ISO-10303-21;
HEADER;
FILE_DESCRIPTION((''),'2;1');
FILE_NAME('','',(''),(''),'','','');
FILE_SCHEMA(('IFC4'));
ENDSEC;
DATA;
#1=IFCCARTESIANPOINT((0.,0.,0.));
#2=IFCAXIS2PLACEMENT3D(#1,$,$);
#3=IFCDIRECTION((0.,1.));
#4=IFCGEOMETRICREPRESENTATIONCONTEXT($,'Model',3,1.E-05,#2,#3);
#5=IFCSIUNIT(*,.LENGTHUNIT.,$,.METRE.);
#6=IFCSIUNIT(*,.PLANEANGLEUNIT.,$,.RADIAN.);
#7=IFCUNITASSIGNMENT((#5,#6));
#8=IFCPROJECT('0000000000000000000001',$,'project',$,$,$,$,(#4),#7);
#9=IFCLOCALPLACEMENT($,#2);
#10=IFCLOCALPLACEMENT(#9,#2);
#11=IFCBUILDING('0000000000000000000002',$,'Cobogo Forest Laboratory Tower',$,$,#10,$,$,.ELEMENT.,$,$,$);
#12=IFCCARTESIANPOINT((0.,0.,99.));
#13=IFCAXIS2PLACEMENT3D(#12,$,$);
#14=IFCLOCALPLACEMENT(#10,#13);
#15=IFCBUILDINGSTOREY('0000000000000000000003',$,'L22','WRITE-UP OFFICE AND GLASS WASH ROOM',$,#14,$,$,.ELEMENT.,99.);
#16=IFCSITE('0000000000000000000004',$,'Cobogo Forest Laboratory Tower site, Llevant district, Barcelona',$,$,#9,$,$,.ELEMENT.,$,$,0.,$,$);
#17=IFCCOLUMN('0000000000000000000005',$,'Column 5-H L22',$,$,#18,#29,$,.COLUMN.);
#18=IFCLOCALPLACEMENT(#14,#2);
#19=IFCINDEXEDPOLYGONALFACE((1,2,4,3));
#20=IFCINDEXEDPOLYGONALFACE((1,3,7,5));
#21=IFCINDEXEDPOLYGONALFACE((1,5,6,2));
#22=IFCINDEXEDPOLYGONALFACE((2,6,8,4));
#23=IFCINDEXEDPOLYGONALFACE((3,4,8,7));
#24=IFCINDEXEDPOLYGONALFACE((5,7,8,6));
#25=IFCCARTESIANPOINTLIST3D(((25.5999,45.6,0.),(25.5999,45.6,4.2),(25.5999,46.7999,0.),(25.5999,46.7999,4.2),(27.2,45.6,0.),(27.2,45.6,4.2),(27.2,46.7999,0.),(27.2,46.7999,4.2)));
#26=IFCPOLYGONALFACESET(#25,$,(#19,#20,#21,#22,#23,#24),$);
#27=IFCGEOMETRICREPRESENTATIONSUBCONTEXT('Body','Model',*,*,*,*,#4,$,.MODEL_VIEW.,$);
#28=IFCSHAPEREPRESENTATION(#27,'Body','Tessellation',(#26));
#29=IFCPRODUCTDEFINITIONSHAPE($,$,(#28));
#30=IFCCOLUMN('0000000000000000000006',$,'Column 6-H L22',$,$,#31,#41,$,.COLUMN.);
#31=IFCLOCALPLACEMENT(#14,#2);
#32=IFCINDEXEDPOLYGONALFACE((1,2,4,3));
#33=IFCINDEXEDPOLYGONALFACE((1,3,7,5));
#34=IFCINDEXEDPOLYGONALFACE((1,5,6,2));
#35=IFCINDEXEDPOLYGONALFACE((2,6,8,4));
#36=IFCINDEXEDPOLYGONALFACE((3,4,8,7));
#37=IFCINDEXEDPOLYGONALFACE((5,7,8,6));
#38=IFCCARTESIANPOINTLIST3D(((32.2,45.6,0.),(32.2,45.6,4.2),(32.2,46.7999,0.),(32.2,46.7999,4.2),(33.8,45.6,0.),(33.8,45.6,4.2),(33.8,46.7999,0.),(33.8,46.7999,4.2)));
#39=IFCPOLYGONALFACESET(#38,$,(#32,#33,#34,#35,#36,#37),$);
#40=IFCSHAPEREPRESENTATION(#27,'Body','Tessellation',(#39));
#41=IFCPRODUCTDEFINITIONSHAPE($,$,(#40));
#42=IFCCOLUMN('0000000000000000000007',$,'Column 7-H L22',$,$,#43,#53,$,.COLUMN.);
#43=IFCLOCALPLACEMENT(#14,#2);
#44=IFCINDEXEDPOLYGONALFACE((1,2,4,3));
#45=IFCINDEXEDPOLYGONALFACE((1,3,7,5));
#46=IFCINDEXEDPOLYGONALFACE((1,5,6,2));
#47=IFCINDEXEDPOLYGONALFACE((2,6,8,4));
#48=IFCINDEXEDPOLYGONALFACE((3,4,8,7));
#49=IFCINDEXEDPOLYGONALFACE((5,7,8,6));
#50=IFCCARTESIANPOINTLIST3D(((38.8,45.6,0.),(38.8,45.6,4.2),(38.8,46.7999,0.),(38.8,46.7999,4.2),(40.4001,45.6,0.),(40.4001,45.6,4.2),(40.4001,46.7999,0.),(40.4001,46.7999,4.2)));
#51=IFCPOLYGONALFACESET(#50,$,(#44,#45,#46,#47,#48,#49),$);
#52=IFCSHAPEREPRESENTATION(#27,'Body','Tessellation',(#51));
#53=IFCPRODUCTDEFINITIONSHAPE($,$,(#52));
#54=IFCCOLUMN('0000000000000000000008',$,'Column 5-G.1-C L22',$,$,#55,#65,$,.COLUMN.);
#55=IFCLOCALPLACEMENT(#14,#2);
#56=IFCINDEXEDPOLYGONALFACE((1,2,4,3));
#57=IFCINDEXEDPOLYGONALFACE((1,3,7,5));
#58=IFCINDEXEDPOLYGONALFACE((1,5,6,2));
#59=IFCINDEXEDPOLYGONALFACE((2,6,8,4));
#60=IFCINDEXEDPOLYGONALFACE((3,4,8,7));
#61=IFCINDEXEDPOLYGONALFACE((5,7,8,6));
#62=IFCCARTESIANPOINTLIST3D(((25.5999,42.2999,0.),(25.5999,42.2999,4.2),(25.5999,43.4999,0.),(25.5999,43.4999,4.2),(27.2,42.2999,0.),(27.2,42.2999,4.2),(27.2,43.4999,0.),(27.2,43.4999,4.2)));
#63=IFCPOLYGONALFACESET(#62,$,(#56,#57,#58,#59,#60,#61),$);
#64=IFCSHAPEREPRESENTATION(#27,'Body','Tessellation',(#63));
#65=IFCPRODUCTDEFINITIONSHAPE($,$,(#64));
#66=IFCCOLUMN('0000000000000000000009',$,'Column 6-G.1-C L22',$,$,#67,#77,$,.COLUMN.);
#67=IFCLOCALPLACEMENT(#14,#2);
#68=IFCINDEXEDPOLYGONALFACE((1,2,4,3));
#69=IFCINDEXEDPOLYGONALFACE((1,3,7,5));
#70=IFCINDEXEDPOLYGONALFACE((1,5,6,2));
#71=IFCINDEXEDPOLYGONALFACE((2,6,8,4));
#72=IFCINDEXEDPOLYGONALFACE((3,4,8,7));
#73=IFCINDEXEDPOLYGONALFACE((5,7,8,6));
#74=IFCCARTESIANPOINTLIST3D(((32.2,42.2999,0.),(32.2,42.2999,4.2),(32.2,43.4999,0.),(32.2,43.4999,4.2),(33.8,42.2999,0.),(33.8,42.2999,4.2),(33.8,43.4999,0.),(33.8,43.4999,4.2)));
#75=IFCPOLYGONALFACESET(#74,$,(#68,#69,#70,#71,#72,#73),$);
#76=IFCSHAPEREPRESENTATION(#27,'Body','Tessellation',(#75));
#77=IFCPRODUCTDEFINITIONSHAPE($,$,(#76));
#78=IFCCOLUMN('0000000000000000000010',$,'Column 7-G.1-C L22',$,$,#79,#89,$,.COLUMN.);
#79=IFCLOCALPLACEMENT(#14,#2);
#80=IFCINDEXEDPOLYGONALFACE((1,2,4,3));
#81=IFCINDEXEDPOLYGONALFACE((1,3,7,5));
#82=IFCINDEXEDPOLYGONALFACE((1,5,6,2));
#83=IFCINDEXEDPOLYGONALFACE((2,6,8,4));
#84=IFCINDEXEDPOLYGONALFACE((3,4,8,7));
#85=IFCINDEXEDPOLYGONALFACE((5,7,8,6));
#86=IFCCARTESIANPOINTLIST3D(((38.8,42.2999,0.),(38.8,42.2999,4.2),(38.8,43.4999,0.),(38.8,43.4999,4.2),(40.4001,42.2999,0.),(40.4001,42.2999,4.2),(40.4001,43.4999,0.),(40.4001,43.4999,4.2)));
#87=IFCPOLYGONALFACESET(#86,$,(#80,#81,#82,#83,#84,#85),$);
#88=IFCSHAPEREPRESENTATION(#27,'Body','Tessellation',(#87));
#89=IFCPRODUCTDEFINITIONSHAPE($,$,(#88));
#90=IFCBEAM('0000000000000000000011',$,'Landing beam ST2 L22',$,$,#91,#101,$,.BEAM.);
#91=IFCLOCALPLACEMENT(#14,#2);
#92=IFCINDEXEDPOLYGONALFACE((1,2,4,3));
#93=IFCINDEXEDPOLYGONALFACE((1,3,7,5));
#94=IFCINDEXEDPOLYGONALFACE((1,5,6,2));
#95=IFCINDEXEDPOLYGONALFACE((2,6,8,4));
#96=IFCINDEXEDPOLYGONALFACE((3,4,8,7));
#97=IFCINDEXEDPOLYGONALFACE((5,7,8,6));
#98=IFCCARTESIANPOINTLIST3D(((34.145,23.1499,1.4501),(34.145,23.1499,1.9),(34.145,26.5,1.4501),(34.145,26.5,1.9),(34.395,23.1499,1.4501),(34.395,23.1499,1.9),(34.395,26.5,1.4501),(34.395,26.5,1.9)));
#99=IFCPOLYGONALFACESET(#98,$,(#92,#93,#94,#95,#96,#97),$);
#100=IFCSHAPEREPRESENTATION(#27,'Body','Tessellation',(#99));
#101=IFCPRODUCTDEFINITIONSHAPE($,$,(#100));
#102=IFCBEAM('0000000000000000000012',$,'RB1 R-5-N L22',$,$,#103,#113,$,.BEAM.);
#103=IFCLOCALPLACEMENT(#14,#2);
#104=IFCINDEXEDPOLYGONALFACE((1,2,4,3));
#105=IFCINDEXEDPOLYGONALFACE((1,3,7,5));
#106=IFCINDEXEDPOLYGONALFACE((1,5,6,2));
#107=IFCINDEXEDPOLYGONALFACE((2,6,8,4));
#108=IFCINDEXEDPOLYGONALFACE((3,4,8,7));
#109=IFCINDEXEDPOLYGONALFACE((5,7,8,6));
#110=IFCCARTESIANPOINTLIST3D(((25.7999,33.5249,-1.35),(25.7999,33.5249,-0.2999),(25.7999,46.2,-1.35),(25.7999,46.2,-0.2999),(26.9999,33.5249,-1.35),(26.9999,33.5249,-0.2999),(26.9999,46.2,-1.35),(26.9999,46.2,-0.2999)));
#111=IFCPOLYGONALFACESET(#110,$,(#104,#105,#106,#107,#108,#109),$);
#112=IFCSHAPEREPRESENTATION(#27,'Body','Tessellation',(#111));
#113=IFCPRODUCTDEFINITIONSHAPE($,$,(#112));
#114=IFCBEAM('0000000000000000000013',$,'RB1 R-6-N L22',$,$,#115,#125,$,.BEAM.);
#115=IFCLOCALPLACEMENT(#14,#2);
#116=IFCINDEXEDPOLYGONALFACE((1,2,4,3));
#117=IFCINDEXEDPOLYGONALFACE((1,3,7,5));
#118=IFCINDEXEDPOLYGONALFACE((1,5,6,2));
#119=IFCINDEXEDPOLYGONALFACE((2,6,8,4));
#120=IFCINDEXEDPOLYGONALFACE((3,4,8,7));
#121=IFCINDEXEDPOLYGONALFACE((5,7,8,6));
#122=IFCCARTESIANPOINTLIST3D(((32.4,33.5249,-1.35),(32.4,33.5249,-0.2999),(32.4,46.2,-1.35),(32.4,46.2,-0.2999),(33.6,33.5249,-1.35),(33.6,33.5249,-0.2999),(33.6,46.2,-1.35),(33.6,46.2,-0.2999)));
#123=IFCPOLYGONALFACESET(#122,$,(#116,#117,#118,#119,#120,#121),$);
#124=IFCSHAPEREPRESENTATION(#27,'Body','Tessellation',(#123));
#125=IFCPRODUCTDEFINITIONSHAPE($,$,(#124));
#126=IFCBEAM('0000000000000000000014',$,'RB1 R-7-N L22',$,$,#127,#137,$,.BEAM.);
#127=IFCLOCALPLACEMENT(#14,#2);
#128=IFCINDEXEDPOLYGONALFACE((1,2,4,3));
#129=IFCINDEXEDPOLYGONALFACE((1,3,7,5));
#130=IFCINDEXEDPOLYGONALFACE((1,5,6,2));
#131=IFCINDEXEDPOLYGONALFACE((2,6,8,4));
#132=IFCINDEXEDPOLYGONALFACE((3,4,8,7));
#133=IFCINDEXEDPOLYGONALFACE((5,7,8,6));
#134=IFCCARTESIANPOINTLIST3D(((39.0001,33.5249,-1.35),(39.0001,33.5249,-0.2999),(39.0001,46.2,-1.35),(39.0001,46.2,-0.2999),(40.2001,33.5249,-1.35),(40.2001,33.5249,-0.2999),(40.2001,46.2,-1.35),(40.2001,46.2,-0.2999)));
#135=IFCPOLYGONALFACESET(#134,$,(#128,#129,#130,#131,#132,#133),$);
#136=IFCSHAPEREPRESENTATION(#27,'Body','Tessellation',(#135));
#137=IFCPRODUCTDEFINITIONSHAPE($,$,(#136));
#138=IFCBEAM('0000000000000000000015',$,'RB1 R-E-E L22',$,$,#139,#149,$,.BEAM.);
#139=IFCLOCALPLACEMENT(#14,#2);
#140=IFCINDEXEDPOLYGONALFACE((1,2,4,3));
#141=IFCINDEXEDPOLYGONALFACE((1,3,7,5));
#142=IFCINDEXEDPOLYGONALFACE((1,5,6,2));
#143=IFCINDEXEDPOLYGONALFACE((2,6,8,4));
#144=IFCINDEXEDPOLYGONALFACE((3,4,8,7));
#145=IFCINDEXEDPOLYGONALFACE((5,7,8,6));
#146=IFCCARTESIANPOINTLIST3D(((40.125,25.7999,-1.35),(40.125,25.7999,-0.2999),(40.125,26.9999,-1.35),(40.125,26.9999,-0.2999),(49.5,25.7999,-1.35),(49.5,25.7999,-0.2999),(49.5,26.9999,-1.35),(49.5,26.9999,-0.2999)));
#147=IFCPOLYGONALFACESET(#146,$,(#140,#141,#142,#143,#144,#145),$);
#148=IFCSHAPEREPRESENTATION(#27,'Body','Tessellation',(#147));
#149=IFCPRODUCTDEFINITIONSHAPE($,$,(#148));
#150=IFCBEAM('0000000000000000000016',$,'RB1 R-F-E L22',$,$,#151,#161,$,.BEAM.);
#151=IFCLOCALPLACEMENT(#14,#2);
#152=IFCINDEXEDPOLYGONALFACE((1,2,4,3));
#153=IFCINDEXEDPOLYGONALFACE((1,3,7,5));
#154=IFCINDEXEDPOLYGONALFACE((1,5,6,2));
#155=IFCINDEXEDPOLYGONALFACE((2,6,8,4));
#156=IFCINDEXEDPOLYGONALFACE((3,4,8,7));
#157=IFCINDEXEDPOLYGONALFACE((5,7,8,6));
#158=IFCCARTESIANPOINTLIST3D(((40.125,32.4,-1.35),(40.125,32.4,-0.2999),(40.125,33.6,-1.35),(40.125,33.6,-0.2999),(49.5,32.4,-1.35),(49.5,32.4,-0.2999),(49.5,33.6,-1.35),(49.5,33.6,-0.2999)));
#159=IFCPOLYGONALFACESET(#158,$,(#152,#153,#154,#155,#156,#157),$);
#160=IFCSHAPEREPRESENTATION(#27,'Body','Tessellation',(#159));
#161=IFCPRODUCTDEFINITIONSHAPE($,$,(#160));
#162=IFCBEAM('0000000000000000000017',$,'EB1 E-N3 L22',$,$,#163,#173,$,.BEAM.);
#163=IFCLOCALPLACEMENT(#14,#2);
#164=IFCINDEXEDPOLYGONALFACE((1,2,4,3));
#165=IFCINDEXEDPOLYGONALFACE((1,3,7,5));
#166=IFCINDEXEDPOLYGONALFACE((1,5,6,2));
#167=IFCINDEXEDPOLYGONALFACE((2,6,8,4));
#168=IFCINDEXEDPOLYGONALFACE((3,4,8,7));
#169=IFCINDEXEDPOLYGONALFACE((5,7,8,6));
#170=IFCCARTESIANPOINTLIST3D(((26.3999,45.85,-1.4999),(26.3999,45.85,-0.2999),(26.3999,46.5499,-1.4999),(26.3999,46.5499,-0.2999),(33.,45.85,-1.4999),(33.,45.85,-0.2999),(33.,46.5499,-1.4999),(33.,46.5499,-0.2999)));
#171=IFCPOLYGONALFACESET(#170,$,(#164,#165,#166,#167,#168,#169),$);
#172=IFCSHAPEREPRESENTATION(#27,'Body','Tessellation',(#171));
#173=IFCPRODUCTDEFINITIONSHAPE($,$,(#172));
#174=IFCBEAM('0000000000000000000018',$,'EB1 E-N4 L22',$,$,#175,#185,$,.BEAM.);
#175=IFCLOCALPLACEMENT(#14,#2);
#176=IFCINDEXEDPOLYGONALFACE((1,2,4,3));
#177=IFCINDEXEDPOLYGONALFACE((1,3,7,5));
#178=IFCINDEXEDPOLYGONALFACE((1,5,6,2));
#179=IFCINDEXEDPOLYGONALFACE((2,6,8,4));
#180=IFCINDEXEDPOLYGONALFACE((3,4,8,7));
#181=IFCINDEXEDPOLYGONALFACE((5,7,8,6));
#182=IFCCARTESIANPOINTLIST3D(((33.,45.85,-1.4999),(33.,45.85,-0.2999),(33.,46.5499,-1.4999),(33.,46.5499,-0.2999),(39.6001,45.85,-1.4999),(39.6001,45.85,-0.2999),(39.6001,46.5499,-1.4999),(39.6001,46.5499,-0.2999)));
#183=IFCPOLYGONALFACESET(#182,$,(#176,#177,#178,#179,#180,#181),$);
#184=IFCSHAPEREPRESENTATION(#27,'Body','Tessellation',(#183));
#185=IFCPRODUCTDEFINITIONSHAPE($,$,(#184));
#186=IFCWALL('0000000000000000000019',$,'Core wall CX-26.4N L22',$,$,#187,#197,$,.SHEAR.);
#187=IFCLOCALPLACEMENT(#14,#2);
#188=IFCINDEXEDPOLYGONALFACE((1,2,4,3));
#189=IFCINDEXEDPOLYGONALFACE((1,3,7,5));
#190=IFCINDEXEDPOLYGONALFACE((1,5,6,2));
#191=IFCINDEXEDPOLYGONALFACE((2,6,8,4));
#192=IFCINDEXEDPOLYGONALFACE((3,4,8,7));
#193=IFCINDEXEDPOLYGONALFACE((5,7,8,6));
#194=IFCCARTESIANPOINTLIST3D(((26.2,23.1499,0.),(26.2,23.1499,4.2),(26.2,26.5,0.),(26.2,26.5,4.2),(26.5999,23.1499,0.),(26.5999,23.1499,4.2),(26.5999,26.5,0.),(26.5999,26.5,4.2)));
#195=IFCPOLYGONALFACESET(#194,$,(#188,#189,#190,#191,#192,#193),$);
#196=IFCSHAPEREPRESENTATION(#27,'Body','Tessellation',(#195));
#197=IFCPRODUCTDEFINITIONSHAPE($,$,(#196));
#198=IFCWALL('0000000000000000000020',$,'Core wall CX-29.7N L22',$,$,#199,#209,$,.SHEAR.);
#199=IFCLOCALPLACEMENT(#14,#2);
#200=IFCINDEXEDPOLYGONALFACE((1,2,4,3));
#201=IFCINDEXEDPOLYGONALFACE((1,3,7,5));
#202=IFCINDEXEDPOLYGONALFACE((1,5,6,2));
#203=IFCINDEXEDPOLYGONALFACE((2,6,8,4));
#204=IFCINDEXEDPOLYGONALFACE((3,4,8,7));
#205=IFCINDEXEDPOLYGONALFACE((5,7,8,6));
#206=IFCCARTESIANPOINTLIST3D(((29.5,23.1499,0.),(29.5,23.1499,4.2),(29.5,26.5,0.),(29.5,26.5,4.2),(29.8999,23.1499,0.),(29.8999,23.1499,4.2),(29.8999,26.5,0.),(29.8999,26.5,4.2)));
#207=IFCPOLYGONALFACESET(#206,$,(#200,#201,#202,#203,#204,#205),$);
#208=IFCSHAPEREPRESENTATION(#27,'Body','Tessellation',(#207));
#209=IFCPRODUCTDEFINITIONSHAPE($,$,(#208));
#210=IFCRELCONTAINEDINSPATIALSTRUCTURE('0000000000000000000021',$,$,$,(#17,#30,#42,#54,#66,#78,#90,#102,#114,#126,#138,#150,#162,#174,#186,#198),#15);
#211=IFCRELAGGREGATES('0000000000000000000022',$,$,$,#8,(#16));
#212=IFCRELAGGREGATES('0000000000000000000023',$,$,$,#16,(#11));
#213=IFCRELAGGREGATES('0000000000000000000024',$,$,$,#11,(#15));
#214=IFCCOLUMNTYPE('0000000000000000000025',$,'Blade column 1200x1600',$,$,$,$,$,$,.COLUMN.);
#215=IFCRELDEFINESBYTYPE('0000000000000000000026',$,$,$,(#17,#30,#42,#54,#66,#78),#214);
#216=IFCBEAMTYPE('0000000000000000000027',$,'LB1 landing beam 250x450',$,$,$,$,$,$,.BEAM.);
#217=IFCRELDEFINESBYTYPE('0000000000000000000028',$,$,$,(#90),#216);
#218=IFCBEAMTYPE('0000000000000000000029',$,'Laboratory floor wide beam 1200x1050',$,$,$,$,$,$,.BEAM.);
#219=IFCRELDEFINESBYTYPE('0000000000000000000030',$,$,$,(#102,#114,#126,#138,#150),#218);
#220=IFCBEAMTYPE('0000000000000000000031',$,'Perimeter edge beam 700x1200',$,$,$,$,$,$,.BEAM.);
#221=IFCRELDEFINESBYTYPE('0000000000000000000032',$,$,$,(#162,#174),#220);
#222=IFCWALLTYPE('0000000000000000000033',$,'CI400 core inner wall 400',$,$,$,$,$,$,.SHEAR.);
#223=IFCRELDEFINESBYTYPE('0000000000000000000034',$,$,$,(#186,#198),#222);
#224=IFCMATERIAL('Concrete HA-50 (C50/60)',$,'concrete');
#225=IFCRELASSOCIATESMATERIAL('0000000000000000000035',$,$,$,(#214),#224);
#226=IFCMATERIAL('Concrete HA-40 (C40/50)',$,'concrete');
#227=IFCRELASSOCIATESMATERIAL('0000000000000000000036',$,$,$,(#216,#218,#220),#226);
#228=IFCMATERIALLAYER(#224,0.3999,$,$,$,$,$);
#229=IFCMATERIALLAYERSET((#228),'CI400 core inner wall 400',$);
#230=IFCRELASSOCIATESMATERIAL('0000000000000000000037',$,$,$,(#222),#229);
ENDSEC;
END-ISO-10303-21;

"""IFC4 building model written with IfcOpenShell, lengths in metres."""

from ifc_helpers import new_model, si_unit, direction, frame, frame_2d, origin, origin_2d, place, context, subcontext, project, spatial, rectangle, extrude, material, layer, layer_set, material_profile, profile_set, type_object, element, save


model = new_model("IFC4")

# Units and contexts
model_context = context("Model", 3, precision=1e-05, world=origin(), true_north=direction((0.0, 1.0)))
body_context = subcontext(model_context, "Body", "Model", "MODEL_VIEW")
ifc_project = project(units=[si_unit("LENGTHUNIT", "METRE"), si_unit("PLANEANGLEUNIT", "RADIAN")], contexts=[model_context])

# Site, building, storey
site_placement = place(None, origin())
site = spatial("IfcSite", under=ifc_project, at=site_placement, Name="Cobogo Forest Laboratory Tower site, Llevant district, Barcelona", CompositionType="ELEMENT", RefElevation=0.0)
building_placement = place(site_placement, origin())
building = spatial("IfcBuilding", under=site, at=building_placement, Name="Cobogo Forest Laboratory Tower", CompositionType="ELEMENT")
storey_placement = place(building_placement, frame((0.0, 0.0, 99.0)))
storey = spatial("IfcBuildingStorey", under=building, at=storey_placement, Name="L22", Description="WRITE-UP OFFICE AND GLASS WASH ROOM", CompositionType="ELEMENT", Elevation=99.0)

# Columns
ifc_material_1 = material(Name="Concrete HA-50 (C50/60)", Category="concrete")
ifc_material_profile_1 = material_profile(ifc_material_1, rectangle(XDim=1.6001, YDim=1.2, at=origin_2d()), Name="RC 1200x1600")
ifc_profile_set_1 = profile_set([ifc_material_profile_1], Name="Concrete HA-50 (C50/60)")
column_type = type_object("IfcColumnType", Name="Blade column 1200x1600", PredefinedType="COLUMN", material=ifc_profile_set_1)
for number, where, z_axis, x_axis, name in (
    (1, (26.3999, 46.2, 0.0), (0.0, 0.0, 1.0), (1.0, 0.0, 0.0), "Column 5-H L22"),
    (2, (33.0, 46.2, 0.0), (0.0, 0.0, 1.0), (1.0, 0.0, 0.0), "Column 6-H L22"),
    (3, (39.6001, 46.2, 0.0), (0.0, 0.0, 1.0), (1.0, 0.0, 0.0), "Column 7-H L22"),
    (4, (26.3999, 42.8999, 0.0), (0.0, 0.0, 1.0), (1.0, 0.0, 0.0), "Column 5-G.1-C L22"),
    (5, (33.0, 42.8999, 0.0), (0.0, 0.0, 1.0), (1.0, 0.0, 0.0), "Column 6-G.1-C L22"),
    (6, (39.6001, 42.8999, 0.0), (0.0, 0.0, 1.0), (1.0, 0.0, 0.0), "Column 7-G.1-C L22"),
):
    element("IfcColumn", number, at=place(storey_placement, frame(where, z_axis=z_axis, x_axis=x_axis)), inside=storey, type_object=column_type, Name=name, PredefinedType="COLUMN", context=body_context, shape_type="SweptSolid", body=[
        extrude(rectangle(XDim=1.6001, YDim=1.2, at=origin_2d()), origin(), (0.0, 0.0, 1.0), 4.2),
    ])

# Beams
ifc_material_2 = material(Name="Concrete HA-40 (C40/50)", Category="concrete")
ifc_material_profile_2 = material_profile(ifc_material_2, rectangle(XDim=0.25, YDim=0.45, at=origin_2d()), Name="RC 250x450")
ifc_profile_set_2 = profile_set([ifc_material_profile_2], Name="Concrete HA-40 (C40/50)")
beam_type_1 = type_object("IfcBeamType", Name="LB1 landing beam 250x450", PredefinedType="BEAM", material=ifc_profile_set_2)
beam_placement = place(storey_placement, frame((34.27, 23.1499, 1.675), z_axis=(0.0, 1.0, 0.0), x_axis=(-1.0, 0.0, 0.0)))
element("IfcBeam", 7, at=beam_placement, inside=storey, type_object=beam_type_1, Name="Landing beam ST2 L22", PredefinedType="BEAM", context=body_context, shape_type="SweptSolid", body=[
    extrude(rectangle(XDim=0.25, YDim=0.45, at=origin_2d()), origin(), (0.0, 0.0, 1.0), 3.3501),
])
ifc_material_profile_3 = material_profile(ifc_material_2, rectangle(XDim=1.2, YDim=1.05, at=origin_2d()), Name="RC 1200x1050")
ifc_profile_set_3 = profile_set([ifc_material_profile_3], Name="Concrete HA-40 (C40/50)")
beam_type_2 = type_object("IfcBeamType", Name="Laboratory floor wide beam 1200x1050", PredefinedType="BEAM", material=ifc_profile_set_3)
for number, where, z_axis, x_axis, name in (
    (8, (26.3999, 33.5249, -0.825), (0.0, 1.0, 0.0), (-1.0, 0.0, 0.0), "RB1 R-5-N L22"),
    (9, (33.0, 33.5249, -0.825), (0.0, 1.0, 0.0), (-1.0, 0.0, 0.0), "RB1 R-6-N L22"),
    (10, (39.6001, 33.5249, -0.825), (0.0, 1.0, 0.0), (-1.0, 0.0, 0.0), "RB1 R-7-N L22"),
):
    element("IfcBeam", number, at=place(storey_placement, frame(where, z_axis=z_axis, x_axis=x_axis)), inside=storey, type_object=beam_type_2, Name=name, PredefinedType="BEAM", context=body_context, shape_type="SweptSolid", body=[
        extrude(rectangle(XDim=1.2, YDim=1.05, at=origin_2d()), origin(), (0.0, 0.0, 1.0), 12.675),
    ])
for number, where, z_axis, x_axis, name in (
    (11, (40.125, 26.3999, -0.825), (1.0, 0.0, 0.0), (0.0, 1.0, 0.0), "RB1 R-E-E L22"),
    (12, (40.125, 33.0, -0.825), (1.0, 0.0, 0.0), (0.0, 1.0, 0.0), "RB1 R-F-E L22"),
):
    element("IfcBeam", number, at=place(storey_placement, frame(where, z_axis=z_axis, x_axis=x_axis)), inside=storey, type_object=beam_type_2, Name=name, PredefinedType="BEAM", context=body_context, shape_type="SweptSolid", body=[
        extrude(rectangle(XDim=1.2, YDim=1.05, at=origin_2d()), origin(), (0.0, 0.0, 1.0), 9.375),
    ])
ifc_material_profile_4 = material_profile(ifc_material_2, rectangle(XDim=0.7, YDim=1.2, at=origin_2d()), Name="RC 700x1200")
ifc_profile_set_4 = profile_set([ifc_material_profile_4], Name="Concrete HA-40 (C40/50)")
beam_type_3 = type_object("IfcBeamType", Name="Perimeter edge beam 700x1200", PredefinedType="BEAM", material=ifc_profile_set_4)
for number, where, z_axis, x_axis, name in (
    (13, (26.3999, 46.2, -0.8999), (1.0, 0.0, 0.0), (0.0, 1.0, 0.0), "EB1 E-N3 L22"),
    (14, (33.0, 46.2, -0.8999), (1.0, 0.0, 0.0), (0.0, 1.0, 0.0), "EB1 E-N4 L22"),
):
    element("IfcBeam", number, at=place(storey_placement, frame(where, z_axis=z_axis, x_axis=x_axis)), inside=storey, type_object=beam_type_3, Name=name, PredefinedType="BEAM", context=body_context, shape_type="SweptSolid", body=[
        extrude(rectangle(XDim=0.7, YDim=1.2, at=origin_2d()), origin(), (0.0, 0.0, 1.0), 6.6001),
    ])

# Walls
ifc_layer_1 = layer(ifc_material_1, 0.3999)
ifc_layer_set_1 = layer_set([ifc_layer_1], Name="CI400 core inner wall 400")
wall_type_1 = type_object("IfcWallType", Name="CI400 core inner wall 400", PredefinedType="SHEAR", material=ifc_layer_set_1)
for number, where, z_axis, x_axis, name in (
    (15, (26.3999, 23.1499, 0.0), (0.0, 0.0, 1.0), (0.0, 1.0, 0.0), "Core wall CX-26.4N L22"),
    (16, (29.7, 23.1499, 0.0), (0.0, 0.0, 1.0), (0.0, 1.0, 0.0), "Core wall CX-29.7N L22"),
):
    element("IfcWall", number, at=place(storey_placement, frame(where, z_axis=z_axis, x_axis=x_axis)), inside=storey, type_object=wall_type_1, Name=name, PredefinedType="SHEAR", context=body_context, shape_type="SweptSolid", body=[
        extrude(rectangle(XDim=3.3501, YDim=0.3999, at=frame_2d((1.675, 0.0))), origin(), (0.0, 0.0, 1.0), 4.2),
    ])

save(model, "model.ifc")
